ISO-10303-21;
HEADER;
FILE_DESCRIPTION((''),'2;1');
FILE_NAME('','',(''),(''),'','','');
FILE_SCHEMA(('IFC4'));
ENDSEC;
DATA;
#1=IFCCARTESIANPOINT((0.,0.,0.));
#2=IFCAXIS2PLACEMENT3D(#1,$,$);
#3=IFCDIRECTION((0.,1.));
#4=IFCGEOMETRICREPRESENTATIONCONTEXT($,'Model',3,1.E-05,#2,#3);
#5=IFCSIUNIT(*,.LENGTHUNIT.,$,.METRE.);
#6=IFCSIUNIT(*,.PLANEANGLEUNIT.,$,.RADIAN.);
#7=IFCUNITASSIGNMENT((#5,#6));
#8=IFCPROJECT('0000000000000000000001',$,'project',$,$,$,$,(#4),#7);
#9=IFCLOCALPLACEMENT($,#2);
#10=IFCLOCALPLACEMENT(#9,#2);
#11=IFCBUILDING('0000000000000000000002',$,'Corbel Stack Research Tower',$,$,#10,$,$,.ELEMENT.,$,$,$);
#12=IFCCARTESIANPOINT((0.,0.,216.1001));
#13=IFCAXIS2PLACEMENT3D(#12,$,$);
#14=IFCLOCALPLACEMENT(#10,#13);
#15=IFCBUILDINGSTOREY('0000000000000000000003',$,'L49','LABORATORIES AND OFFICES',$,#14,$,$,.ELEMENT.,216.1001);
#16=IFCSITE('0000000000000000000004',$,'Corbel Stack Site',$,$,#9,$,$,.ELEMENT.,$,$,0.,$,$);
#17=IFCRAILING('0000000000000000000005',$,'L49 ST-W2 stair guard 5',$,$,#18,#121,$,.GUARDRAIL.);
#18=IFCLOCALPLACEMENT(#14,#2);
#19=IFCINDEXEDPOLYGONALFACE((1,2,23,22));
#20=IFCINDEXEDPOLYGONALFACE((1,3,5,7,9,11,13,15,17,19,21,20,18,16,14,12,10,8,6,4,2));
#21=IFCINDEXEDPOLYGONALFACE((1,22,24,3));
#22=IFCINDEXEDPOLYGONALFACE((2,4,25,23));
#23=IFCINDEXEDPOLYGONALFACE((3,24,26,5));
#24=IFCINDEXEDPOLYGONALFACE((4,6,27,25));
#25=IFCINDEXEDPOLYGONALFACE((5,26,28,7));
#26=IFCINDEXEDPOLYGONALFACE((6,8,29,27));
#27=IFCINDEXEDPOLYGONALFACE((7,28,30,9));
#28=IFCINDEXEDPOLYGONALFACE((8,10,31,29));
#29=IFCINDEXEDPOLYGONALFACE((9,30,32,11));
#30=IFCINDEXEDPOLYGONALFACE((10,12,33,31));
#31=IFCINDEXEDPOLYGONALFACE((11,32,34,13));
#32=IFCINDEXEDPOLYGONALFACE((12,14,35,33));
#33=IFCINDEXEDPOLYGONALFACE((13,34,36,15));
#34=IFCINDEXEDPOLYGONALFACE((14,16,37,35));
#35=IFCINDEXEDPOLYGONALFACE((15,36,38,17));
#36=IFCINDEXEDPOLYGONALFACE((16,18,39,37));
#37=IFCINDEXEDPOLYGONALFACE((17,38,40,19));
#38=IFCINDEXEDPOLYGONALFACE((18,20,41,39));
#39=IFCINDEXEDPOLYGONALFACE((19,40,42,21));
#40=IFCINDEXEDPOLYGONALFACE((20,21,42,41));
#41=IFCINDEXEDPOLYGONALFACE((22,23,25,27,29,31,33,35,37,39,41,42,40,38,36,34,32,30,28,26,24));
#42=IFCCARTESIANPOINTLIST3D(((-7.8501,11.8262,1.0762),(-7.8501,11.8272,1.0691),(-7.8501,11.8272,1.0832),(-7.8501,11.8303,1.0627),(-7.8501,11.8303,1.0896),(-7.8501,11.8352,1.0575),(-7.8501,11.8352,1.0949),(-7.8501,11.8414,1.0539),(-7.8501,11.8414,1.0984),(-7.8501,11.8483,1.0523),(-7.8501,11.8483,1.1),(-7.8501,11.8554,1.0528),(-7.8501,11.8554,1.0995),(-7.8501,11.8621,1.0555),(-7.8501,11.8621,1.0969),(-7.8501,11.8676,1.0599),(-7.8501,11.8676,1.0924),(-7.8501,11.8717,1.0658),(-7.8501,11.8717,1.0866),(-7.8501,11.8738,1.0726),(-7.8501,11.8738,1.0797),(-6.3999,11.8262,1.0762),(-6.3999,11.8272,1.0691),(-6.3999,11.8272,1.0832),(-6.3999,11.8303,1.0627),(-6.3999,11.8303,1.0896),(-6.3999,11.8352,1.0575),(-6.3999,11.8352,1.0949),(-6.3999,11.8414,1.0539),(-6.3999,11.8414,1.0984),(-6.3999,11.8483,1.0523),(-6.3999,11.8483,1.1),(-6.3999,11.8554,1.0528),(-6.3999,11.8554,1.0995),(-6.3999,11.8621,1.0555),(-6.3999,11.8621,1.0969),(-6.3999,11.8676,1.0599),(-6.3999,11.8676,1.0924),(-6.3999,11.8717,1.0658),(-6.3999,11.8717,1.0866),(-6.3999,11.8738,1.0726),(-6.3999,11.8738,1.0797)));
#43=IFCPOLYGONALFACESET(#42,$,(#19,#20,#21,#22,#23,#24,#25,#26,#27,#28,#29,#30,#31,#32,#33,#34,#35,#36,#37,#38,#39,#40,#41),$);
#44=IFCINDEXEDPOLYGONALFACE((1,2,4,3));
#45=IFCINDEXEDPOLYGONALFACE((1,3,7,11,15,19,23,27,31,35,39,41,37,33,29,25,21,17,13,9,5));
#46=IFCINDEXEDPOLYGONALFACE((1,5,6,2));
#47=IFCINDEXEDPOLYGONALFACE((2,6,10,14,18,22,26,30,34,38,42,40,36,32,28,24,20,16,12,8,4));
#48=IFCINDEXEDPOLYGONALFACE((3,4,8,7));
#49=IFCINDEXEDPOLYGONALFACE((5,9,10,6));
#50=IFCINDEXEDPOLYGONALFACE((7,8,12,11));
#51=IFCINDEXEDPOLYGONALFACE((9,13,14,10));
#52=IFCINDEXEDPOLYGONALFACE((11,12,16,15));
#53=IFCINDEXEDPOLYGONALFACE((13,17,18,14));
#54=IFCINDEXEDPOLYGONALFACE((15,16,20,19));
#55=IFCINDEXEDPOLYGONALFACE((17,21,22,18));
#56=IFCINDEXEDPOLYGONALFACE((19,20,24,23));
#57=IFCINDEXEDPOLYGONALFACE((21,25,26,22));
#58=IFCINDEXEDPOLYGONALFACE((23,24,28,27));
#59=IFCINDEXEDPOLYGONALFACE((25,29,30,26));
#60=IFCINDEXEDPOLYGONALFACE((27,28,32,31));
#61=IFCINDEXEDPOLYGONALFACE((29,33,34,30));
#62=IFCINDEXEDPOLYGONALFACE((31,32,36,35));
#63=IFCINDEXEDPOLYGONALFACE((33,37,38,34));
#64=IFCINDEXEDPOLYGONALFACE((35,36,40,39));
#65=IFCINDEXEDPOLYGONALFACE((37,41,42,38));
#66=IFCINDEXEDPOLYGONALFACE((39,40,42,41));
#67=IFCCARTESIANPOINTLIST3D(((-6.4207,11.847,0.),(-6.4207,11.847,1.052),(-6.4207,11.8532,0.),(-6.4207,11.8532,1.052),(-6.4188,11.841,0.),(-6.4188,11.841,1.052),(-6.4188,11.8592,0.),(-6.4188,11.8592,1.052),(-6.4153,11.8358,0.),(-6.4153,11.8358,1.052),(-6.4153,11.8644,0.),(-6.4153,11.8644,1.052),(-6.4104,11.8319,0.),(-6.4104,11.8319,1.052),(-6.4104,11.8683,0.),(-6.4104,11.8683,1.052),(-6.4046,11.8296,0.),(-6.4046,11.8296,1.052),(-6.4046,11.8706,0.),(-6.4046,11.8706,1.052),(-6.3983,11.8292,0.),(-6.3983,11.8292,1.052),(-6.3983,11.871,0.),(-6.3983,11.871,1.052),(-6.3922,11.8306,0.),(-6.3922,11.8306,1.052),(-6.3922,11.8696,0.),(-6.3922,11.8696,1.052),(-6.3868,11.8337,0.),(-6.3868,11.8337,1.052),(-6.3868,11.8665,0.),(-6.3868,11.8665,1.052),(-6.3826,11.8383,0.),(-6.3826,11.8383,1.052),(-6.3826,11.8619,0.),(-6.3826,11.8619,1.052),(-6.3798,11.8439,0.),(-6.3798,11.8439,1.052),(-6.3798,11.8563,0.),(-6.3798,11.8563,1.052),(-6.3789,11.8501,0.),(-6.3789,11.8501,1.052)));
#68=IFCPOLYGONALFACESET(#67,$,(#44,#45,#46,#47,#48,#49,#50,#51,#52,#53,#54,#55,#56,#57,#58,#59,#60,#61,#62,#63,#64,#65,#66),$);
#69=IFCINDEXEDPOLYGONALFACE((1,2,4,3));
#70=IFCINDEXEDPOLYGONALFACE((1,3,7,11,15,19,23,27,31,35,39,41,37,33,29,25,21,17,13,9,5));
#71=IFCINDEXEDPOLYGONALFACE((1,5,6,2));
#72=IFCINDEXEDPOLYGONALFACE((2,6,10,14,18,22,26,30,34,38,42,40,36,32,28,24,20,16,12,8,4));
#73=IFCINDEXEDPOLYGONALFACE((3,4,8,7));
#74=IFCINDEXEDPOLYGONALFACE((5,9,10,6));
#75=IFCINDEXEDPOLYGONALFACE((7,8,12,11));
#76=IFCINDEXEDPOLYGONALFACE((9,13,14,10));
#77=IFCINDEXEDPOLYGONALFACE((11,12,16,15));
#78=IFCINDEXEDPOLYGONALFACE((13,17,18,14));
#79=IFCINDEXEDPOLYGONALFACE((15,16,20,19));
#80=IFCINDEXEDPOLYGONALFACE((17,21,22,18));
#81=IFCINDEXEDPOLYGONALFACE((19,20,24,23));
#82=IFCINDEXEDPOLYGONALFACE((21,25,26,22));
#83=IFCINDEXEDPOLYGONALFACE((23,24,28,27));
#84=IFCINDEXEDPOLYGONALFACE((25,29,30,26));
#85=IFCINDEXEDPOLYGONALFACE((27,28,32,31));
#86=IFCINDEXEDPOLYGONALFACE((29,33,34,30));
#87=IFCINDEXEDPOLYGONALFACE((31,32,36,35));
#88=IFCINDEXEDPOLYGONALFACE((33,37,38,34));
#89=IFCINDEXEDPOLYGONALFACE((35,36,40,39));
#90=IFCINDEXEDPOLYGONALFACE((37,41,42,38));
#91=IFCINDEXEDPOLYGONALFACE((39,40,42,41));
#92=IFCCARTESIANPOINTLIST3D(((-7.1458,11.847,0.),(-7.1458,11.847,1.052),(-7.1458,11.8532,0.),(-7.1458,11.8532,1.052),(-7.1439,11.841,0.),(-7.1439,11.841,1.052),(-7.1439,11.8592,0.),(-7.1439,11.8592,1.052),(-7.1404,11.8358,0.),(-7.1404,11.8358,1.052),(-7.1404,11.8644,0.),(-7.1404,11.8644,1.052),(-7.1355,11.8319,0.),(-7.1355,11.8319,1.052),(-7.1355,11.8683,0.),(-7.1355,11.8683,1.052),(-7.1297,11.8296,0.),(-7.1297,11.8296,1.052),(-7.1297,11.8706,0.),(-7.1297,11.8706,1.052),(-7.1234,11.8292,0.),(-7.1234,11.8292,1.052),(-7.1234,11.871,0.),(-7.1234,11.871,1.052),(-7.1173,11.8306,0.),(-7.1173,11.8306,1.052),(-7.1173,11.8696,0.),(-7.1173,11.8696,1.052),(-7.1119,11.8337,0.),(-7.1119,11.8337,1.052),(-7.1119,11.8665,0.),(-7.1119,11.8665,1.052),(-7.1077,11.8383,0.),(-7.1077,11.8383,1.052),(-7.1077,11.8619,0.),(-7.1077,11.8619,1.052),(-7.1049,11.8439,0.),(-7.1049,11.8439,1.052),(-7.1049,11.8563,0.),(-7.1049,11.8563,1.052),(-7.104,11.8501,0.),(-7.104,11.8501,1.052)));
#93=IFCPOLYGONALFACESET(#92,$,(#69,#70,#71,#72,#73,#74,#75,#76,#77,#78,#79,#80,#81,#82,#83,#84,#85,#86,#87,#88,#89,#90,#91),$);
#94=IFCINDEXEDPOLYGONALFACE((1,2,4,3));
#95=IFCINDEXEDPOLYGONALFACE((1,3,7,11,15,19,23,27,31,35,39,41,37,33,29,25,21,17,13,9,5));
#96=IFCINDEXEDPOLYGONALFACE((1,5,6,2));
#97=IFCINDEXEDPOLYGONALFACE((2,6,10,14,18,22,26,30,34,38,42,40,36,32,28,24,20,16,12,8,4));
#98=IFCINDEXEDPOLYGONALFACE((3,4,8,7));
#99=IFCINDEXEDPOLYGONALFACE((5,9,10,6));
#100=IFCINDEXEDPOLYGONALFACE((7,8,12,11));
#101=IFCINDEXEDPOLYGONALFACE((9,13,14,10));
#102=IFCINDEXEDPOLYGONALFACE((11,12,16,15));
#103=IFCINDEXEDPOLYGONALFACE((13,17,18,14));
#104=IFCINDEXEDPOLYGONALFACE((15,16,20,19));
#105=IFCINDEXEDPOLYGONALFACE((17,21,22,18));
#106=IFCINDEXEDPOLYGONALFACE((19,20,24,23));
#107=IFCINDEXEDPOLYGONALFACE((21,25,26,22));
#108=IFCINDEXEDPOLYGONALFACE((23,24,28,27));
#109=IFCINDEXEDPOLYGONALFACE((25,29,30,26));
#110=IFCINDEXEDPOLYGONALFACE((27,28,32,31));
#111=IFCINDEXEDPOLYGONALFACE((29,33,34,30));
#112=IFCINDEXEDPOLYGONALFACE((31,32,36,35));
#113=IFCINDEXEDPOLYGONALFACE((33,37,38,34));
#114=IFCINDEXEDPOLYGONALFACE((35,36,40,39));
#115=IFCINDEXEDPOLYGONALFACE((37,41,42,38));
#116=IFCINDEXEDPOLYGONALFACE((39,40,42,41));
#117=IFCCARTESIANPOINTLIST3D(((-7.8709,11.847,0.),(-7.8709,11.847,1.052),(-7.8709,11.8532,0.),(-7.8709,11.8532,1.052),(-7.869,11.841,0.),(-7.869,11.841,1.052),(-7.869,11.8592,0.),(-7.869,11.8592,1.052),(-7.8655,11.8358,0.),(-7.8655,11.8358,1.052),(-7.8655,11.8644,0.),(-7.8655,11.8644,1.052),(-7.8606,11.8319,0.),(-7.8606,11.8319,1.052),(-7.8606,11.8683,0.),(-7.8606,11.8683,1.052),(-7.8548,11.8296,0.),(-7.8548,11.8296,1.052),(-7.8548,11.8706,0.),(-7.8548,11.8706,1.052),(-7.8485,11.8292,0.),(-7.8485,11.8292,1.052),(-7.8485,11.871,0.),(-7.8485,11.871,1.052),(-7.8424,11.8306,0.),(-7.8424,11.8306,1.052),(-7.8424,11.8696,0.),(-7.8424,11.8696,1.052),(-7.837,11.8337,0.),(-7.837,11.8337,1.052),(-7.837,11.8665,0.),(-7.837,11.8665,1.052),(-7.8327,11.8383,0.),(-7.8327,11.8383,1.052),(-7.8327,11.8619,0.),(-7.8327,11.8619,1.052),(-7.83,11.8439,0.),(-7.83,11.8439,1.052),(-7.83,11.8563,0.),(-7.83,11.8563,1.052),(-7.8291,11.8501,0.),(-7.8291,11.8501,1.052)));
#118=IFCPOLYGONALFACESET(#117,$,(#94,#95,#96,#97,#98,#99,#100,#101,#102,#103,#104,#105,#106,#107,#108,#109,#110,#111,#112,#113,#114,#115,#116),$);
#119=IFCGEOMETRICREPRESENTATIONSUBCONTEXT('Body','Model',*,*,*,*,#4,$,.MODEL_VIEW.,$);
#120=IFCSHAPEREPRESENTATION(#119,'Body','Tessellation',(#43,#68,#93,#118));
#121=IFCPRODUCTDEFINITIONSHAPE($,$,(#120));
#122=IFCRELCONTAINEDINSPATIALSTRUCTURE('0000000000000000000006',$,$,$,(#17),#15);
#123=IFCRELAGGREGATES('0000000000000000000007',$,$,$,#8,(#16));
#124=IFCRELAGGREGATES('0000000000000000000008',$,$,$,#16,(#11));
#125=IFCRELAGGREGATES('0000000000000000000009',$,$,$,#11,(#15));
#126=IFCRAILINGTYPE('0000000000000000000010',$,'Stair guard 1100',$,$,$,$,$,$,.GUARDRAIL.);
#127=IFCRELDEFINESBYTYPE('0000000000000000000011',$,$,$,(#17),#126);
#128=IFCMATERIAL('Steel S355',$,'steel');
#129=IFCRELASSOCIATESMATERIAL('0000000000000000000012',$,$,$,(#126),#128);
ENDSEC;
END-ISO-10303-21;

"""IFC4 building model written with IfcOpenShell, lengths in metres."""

from ifc_helpers import new_model, si_unit, direction, frame, origin, origin_2d, place, context, subcontext, project, spatial, circle, extrude, material, type_object, element, save


model = new_model("IFC4")

# Units and contexts
model_context = context("Model", 3, precision=1e-05, world=origin(), true_north=direction((0.0, 1.0)))
body_context = subcontext(model_context, "Body", "Model", "MODEL_VIEW")
ifc_project = project(units=[si_unit("LENGTHUNIT", "METRE"), si_unit("PLANEANGLEUNIT", "RADIAN")], contexts=[model_context])

# Site, building, storey
site_placement = place(None, origin())
site = spatial("IfcSite", under=ifc_project, at=site_placement, Name="Corbel Stack Site", CompositionType="ELEMENT", RefElevation=0.0)
building_placement = place(site_placement, origin())
building = spatial("IfcBuilding", under=site, at=building_placement, Name="Corbel Stack Research Tower", CompositionType="ELEMENT")
storey_placement = place(building_placement, frame((0.0, 0.0, 216.1001)))
storey = spatial("IfcBuildingStorey", under=building, at=storey_placement, Name="L49", Description="LABORATORIES AND OFFICES", CompositionType="ELEMENT", Elevation=216.1001)

# Railing
ifc_material_1 = material(Name="Steel S355", Category="steel")
railing_type_1 = type_object("IfcRailingType", Name="Stair guard 1100", PredefinedType="GUARDRAIL", material=ifc_material_1)
railing_1_placement = place(storey_placement, frame((-6.3999, 11.8501, 0.0)))
element("IfcRailing", 1, at=railing_1_placement, inside=storey, type_object=railing_type_1, Name="L49 ST-W2 stair guard 5", PredefinedType="GUARDRAIL", context=body_context, shape_type="SweptSolid", body=[
    extrude(circle(Radius=0.0239, at=origin_2d()), frame((0.0, 0.0, 1.0762), z_axis=(-1.0, 0.0, 0.0), x_axis=(0.0, -1.0, 0.0)), (0.0, 0.0, 1.0), 1.4502),
    extrude(circle(Radius=0.021, at=origin_2d()), origin(), (0.0, 0.0, 1.0), 1.052),
    extrude(circle(Radius=0.021, at=origin_2d()), frame((-0.7251, 0.0, 0.0)), (0.0, 0.0, 1.0), 1.052),
    extrude(circle(Radius=0.021, at=origin_2d()), frame((-1.4502, 0.0, 0.0)), (0.0, 0.0, 1.0), 1.052),
])

save(model, "model.ifc")
